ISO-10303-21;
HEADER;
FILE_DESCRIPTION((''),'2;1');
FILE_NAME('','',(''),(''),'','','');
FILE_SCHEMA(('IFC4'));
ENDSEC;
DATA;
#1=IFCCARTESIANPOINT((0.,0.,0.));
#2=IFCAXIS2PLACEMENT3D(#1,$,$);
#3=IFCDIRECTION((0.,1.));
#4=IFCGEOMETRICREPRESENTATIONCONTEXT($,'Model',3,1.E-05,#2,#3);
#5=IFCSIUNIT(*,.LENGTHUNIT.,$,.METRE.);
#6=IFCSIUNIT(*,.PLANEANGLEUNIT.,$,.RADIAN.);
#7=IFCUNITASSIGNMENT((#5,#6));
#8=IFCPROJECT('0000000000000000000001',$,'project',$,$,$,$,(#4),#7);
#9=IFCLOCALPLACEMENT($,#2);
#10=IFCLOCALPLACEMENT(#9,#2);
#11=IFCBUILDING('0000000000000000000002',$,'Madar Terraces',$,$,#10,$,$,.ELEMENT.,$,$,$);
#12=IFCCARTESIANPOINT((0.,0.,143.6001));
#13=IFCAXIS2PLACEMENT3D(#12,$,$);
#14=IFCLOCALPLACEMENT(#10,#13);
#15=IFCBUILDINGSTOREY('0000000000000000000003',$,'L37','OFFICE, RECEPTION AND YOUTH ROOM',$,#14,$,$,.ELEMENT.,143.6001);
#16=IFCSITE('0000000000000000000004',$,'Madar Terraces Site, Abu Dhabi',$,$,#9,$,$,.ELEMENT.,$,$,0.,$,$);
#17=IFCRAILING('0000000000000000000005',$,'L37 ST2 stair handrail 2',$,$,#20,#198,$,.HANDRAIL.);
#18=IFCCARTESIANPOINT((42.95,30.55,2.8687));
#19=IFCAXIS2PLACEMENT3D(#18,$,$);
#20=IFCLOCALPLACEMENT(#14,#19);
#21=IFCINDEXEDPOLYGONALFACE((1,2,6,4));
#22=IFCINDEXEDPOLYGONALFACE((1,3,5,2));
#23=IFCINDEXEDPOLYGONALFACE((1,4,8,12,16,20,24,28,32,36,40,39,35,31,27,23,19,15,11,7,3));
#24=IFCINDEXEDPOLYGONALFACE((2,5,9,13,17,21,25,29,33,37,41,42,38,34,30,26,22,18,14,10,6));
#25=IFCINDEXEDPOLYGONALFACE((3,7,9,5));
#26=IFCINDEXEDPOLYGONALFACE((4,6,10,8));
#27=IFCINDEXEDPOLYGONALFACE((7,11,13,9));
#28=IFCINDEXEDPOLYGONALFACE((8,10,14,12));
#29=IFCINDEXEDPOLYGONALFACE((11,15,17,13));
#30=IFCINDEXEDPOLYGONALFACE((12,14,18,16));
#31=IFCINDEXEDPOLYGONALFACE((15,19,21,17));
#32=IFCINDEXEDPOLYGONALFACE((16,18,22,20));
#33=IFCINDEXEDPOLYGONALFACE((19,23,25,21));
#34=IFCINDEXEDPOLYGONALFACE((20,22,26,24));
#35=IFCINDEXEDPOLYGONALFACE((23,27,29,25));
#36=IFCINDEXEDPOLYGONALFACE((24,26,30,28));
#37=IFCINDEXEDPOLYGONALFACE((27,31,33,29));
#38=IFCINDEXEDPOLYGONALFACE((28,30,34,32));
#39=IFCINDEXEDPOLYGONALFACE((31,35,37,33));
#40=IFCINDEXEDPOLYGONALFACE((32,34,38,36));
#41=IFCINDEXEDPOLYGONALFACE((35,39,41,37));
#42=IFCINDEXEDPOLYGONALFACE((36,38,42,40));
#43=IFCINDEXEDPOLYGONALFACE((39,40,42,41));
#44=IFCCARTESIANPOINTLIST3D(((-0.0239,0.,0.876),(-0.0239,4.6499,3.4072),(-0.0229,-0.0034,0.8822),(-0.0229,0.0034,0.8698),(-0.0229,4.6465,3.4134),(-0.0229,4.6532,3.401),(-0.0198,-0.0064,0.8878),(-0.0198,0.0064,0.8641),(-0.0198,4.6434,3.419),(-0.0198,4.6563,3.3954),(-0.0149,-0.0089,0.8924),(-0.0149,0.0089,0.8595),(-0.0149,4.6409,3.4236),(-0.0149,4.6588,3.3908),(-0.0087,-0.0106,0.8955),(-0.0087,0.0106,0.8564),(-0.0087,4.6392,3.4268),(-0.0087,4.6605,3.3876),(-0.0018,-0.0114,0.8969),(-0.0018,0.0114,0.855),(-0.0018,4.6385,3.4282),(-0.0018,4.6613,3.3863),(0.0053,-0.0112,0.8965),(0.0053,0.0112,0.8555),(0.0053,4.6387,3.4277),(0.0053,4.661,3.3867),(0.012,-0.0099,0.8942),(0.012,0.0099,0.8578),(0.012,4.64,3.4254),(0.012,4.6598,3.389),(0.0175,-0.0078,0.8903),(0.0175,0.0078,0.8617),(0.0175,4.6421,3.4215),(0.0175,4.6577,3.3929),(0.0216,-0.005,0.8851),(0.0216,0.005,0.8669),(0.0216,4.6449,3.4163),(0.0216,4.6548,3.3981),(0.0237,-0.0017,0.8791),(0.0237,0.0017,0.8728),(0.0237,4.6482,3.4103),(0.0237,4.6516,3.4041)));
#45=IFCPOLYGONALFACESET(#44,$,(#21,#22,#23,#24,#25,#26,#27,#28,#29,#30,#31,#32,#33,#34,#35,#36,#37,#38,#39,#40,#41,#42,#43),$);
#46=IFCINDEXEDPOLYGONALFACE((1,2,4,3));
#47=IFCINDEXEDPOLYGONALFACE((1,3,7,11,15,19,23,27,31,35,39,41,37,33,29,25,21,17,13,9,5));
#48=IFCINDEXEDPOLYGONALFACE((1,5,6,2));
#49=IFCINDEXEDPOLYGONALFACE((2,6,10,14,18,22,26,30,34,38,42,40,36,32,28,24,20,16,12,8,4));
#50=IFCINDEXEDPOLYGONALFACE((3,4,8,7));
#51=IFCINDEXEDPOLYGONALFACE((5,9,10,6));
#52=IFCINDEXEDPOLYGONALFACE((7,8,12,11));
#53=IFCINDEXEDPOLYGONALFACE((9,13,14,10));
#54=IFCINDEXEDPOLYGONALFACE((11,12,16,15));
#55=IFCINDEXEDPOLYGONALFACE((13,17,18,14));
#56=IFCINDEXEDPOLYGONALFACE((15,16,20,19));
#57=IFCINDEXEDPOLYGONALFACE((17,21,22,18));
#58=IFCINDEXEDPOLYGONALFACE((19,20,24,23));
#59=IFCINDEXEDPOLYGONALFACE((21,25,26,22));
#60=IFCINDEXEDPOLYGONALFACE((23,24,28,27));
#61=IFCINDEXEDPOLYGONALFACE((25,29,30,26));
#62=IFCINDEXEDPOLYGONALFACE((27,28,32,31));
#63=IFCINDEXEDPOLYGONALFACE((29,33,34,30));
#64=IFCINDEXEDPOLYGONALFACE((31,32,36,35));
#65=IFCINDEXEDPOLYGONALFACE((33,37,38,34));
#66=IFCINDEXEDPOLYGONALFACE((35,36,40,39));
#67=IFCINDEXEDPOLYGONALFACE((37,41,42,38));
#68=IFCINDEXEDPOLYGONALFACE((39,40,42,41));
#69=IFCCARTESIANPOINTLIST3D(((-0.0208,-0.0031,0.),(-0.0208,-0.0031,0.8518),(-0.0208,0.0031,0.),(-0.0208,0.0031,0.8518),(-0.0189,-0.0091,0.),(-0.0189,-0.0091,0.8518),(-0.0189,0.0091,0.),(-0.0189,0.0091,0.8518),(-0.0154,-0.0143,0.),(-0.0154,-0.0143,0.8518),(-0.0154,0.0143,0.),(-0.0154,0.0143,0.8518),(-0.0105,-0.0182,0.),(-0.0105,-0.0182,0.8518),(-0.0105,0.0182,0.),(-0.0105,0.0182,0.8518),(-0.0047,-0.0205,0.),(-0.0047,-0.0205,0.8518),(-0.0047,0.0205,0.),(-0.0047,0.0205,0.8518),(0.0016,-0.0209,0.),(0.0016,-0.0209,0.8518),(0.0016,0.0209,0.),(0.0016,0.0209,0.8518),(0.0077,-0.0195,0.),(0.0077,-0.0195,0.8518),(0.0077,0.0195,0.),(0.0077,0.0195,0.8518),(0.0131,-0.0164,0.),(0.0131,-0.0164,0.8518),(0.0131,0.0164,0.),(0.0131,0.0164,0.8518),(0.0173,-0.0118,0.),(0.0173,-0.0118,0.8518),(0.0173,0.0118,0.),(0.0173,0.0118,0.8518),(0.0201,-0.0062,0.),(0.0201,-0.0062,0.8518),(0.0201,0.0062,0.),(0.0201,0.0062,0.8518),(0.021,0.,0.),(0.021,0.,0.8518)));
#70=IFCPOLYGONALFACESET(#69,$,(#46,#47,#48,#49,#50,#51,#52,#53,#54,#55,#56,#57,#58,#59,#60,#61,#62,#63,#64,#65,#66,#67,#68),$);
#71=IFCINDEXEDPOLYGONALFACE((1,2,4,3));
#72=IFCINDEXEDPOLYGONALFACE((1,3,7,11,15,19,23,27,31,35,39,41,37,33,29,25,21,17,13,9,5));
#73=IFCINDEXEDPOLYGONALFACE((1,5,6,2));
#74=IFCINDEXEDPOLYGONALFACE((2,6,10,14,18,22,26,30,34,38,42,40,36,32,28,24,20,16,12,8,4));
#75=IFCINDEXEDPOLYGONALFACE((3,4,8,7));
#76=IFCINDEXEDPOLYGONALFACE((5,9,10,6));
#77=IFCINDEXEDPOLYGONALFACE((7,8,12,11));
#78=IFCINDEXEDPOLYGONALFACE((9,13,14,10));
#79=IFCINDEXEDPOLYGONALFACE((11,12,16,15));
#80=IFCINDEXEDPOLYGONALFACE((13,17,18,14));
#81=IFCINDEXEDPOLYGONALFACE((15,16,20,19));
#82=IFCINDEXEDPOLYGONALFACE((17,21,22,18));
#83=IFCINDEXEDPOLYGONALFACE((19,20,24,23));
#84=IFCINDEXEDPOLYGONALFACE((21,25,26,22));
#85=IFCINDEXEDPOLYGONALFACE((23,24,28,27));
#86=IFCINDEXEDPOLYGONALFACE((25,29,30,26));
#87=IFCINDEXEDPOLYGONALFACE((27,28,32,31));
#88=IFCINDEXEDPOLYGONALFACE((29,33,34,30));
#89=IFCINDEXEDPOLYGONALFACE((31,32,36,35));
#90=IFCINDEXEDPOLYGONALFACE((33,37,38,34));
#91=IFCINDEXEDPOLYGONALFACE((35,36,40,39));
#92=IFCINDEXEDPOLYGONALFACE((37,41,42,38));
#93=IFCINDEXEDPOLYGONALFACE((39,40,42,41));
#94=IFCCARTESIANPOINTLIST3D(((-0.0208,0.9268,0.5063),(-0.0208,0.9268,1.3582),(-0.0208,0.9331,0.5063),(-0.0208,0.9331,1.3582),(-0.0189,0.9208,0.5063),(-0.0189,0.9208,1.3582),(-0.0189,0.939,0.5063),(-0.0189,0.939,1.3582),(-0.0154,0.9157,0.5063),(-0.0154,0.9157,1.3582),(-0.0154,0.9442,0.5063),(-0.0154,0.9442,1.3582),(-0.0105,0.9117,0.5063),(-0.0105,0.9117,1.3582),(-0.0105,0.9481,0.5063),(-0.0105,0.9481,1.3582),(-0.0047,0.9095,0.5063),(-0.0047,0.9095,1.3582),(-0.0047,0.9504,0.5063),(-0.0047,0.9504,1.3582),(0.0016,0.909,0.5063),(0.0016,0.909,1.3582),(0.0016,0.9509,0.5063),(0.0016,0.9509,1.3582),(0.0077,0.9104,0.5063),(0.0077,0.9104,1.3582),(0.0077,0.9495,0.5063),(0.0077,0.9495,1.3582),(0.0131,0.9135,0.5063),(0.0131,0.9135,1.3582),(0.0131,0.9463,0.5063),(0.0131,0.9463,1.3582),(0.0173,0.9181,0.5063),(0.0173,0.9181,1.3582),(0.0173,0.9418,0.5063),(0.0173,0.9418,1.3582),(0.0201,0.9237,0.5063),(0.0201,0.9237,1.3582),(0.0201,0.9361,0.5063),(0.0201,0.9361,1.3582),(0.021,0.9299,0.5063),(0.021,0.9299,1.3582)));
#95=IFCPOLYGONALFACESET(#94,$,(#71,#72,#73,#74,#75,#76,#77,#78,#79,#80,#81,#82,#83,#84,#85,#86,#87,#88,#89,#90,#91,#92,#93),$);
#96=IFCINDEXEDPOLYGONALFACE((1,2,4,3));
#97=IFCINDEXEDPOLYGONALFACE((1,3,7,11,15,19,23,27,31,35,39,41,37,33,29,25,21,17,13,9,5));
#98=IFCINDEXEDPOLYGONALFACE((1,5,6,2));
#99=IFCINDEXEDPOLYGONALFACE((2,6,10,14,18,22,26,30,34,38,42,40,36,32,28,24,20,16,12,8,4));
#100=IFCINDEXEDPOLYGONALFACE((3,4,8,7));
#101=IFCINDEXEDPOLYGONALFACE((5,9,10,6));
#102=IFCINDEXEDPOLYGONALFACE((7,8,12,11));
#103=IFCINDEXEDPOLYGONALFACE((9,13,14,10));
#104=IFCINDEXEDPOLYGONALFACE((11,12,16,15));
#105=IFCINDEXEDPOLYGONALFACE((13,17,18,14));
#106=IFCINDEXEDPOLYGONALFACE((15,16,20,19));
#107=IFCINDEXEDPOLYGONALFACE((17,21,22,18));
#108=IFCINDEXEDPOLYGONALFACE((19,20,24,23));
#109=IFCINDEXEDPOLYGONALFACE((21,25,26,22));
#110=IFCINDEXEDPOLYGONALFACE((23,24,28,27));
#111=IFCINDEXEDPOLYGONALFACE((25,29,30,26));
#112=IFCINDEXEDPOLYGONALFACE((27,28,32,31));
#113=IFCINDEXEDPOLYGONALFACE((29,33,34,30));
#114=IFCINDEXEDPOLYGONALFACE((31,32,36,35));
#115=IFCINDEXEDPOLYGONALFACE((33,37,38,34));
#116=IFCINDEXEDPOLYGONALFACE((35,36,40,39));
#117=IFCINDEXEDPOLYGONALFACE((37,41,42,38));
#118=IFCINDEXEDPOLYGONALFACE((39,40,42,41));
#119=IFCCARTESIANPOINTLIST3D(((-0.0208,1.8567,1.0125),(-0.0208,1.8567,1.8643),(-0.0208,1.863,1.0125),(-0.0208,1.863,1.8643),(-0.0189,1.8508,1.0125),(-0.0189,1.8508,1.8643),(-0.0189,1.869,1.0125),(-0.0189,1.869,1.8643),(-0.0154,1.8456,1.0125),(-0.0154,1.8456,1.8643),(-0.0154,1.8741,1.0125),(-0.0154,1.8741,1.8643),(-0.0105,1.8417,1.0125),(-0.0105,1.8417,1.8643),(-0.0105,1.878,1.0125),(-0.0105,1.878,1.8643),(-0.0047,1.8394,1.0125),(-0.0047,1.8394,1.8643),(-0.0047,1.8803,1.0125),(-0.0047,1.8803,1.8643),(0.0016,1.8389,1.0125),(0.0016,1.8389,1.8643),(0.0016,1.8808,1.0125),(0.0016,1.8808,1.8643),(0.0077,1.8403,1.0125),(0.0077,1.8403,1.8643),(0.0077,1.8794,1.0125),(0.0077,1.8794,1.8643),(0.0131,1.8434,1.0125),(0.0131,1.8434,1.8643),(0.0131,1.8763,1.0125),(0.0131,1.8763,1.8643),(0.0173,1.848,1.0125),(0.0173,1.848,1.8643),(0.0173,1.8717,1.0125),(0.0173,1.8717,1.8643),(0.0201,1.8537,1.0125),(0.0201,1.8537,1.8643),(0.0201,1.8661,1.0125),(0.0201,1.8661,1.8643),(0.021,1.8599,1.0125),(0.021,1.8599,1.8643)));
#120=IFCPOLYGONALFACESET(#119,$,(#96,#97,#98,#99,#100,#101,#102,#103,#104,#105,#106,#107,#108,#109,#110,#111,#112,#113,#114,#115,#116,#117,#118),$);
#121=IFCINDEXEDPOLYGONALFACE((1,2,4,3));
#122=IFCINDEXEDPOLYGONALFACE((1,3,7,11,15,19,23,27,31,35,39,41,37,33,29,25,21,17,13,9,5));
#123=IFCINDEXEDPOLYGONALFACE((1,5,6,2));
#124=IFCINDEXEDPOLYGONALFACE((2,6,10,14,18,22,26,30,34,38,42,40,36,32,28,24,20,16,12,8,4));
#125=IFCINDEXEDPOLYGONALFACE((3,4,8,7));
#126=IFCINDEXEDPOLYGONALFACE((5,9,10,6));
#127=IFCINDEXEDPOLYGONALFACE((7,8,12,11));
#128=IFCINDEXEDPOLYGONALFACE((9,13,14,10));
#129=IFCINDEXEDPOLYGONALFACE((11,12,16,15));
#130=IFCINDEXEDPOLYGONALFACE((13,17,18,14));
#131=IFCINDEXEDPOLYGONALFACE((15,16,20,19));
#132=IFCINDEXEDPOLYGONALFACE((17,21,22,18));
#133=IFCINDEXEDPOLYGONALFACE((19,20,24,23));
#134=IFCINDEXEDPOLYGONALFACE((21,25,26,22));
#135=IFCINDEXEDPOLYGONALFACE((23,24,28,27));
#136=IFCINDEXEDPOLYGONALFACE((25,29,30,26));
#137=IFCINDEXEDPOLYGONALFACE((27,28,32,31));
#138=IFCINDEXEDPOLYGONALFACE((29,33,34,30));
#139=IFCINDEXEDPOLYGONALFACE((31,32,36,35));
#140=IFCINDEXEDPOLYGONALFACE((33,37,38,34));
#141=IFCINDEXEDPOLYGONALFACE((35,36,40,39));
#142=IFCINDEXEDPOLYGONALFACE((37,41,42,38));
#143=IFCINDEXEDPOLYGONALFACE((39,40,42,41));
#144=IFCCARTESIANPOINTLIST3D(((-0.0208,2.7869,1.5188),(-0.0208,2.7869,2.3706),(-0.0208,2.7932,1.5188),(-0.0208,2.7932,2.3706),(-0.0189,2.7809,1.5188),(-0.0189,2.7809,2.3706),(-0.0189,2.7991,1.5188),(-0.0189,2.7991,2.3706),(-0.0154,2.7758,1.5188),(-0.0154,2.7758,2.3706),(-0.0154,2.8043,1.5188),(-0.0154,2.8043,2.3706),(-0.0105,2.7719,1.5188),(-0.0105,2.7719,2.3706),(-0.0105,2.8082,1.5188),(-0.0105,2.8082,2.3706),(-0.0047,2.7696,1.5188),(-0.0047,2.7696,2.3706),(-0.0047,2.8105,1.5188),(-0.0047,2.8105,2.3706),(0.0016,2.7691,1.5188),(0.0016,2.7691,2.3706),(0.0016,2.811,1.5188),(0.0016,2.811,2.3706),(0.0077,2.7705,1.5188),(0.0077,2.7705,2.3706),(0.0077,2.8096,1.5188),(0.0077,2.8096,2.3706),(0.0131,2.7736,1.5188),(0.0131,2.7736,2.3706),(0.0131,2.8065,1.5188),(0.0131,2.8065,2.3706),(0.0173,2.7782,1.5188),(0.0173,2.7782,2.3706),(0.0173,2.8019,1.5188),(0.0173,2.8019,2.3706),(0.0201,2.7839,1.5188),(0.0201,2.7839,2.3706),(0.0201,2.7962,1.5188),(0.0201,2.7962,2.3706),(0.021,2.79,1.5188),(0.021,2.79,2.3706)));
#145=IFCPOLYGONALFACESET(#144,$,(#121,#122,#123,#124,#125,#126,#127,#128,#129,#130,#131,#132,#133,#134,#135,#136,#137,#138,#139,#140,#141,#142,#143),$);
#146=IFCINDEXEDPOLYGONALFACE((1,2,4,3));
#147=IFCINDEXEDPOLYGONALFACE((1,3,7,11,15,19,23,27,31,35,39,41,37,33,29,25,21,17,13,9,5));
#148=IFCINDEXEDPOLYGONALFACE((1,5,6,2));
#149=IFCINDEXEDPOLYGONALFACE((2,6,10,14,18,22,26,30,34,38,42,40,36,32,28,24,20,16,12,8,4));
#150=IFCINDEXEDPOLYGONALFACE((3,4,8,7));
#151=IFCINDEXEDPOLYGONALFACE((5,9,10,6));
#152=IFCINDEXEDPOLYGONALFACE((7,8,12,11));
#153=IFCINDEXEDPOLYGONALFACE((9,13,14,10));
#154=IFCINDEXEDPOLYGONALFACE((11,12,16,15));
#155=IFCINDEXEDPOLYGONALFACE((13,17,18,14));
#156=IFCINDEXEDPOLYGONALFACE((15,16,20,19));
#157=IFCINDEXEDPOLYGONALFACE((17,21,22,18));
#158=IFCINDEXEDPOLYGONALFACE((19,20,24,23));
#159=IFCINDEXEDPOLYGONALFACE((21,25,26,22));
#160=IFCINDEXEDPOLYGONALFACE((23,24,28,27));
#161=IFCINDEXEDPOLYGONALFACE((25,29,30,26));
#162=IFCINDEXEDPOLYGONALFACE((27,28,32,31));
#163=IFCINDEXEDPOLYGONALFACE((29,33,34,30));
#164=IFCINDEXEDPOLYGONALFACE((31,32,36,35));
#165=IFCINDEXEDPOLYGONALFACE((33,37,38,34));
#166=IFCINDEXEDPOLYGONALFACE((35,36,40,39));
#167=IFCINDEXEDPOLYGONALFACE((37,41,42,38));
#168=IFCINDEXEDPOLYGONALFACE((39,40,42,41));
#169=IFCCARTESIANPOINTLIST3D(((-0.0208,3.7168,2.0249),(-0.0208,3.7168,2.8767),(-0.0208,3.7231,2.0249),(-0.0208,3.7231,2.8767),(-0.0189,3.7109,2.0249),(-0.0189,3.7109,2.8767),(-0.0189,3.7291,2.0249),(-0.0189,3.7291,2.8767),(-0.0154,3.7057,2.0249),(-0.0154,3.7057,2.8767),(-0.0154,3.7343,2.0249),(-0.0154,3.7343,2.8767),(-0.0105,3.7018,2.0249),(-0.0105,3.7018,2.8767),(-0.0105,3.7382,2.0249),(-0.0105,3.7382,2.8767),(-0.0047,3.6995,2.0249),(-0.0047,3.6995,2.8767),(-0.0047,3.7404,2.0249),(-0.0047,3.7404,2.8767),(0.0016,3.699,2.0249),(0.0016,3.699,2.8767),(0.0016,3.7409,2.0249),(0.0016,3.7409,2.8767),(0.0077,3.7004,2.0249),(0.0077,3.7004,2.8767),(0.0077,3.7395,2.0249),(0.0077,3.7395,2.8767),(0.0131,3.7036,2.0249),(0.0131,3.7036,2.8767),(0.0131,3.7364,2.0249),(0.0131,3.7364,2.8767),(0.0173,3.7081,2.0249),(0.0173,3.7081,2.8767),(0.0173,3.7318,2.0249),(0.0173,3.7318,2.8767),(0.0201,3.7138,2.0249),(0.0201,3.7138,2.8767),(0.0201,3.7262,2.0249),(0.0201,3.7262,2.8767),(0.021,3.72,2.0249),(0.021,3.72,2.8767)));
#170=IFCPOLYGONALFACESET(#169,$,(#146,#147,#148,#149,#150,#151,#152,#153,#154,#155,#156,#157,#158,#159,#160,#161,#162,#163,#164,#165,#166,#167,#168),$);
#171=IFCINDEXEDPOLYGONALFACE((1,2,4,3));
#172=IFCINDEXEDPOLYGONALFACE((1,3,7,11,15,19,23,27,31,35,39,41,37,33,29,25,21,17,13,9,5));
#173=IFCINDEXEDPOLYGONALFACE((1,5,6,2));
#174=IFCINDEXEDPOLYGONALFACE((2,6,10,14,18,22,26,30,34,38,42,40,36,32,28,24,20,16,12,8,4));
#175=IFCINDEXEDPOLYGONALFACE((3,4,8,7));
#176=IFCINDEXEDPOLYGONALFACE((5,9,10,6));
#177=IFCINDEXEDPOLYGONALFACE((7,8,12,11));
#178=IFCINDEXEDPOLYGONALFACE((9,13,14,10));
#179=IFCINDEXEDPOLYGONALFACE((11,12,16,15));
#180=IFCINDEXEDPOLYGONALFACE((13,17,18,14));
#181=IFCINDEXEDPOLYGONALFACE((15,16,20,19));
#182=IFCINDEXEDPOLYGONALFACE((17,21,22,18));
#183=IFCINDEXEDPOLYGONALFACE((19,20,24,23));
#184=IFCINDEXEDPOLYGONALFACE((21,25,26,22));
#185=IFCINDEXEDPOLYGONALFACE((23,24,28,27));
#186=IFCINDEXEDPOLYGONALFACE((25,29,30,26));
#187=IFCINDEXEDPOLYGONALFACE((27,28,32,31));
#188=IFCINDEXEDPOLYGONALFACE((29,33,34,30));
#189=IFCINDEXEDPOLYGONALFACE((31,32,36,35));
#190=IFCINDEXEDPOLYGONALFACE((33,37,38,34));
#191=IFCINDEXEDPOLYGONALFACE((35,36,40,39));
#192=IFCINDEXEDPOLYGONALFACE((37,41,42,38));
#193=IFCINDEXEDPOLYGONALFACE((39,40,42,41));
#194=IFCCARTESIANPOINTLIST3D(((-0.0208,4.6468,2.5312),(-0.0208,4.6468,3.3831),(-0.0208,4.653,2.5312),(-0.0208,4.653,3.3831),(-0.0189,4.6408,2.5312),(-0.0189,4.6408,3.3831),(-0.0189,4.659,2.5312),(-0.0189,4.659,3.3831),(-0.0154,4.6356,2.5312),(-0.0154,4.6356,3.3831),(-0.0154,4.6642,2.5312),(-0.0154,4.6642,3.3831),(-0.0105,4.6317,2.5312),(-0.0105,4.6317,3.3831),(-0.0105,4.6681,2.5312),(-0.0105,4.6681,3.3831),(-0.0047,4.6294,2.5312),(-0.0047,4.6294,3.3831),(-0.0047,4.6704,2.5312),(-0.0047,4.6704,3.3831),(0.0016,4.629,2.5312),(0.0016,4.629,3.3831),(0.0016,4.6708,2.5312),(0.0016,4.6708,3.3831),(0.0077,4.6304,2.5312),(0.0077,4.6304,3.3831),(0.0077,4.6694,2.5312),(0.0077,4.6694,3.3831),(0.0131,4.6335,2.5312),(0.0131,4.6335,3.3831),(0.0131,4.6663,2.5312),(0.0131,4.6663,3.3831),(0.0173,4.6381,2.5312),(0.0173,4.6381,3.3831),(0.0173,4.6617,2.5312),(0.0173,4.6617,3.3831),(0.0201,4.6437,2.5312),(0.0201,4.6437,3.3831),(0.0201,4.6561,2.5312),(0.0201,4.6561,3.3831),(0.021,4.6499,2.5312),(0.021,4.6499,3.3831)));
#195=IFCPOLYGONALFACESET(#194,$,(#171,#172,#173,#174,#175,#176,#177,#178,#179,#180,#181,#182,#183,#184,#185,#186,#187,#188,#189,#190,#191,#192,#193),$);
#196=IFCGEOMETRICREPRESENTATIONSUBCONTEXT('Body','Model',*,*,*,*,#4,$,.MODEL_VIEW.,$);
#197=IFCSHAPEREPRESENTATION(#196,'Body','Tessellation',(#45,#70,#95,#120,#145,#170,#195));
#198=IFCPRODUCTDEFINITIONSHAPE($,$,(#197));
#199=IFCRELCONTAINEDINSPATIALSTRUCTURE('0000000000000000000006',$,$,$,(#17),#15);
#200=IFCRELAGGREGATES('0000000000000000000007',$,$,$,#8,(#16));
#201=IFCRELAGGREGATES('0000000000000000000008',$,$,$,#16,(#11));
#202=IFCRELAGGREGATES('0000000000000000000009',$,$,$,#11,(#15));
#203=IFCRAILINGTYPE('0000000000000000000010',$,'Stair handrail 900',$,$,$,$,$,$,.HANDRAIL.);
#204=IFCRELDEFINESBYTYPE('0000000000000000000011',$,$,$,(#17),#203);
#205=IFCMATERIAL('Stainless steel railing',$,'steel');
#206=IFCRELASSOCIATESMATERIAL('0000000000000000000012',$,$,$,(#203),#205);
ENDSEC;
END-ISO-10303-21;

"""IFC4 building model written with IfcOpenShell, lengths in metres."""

from ifc_helpers import new_model, si_unit, direction, frame, origin, origin_2d, place, context, subcontext, project, spatial, circle, extrude, material, type_object, element, save


model = new_model("IFC4")

# Units and contexts
model_context = context("Model", 3, precision=1e-05, world=origin(), true_north=direction((0.0, 1.0)))
body_context = subcontext(model_context, "Body", "Model", "MODEL_VIEW")
ifc_project = project(units=[si_unit("LENGTHUNIT", "METRE"), si_unit("PLANEANGLEUNIT", "RADIAN")], contexts=[model_context])

# Site, building, storey
site_placement = place(None, origin())
site = spatial("IfcSite", under=ifc_project, at=site_placement, Name="Madar Terraces Site, Abu Dhabi", CompositionType="ELEMENT", RefElevation=0.0)
building_placement = place(site_placement, origin())
building = spatial("IfcBuilding", under=site, at=building_placement, Name="Madar Terraces", CompositionType="ELEMENT")
storey_placement = place(building_placement, frame((0.0, 0.0, 143.6001)))
storey = spatial("IfcBuildingStorey", under=building, at=storey_placement, Name="L37", Description="OFFICE, RECEPTION AND YOUTH ROOM", CompositionType="ELEMENT", Elevation=143.6001)

# Railing
ifc_material_1 = material(Name="Stainless steel railing", Category="steel")
railing_type_1 = type_object("IfcRailingType", Name="Stair handrail 900", PredefinedType="HANDRAIL", material=ifc_material_1)
railing_1_placement = place(storey_placement, frame((42.95, 30.55, 2.8687)))
element("IfcRailing", 1, at=railing_1_placement, inside=storey, type_object=railing_type_1, Name="L37 ST2 stair handrail 2", PredefinedType="HANDRAIL", context=body_context, shape_type="SweptSolid", body=[
    extrude(circle(Radius=0.0239, at=origin_2d()), frame((0.0, 0.0, 0.876), z_axis=(0.0, 0.878297, 0.478115), x_axis=(-1.0, 0.0, 0.0)), (0.0, 0.0, 1.0), 5.2942),
    extrude(circle(Radius=0.021, at=origin_2d()), origin(), (0.0, 0.0, 1.0), 0.8518),
    extrude(circle(Radius=0.021, at=origin_2d()), frame((0.0, 0.9299, 0.5063)), (0.0, 0.0, 1.0), 0.8518),
    extrude(circle(Radius=0.021, at=origin_2d()), frame((0.0, 1.8599, 1.0125)), (0.0, 0.0, 1.0), 0.8518),
    extrude(circle(Radius=0.021, at=origin_2d()), frame((0.0, 2.79, 1.5188)), (0.0, 0.0, 1.0), 0.8518),
    extrude(circle(Radius=0.021, at=origin_2d()), frame((0.0, 3.72, 2.0249)), (0.0, 0.0, 1.0), 0.8518),
    extrude(circle(Radius=0.021, at=origin_2d()), frame((0.0, 4.6499, 2.5312)), (0.0, 0.0, 1.0), 0.8518),
])

save(model, "model.ifc")
